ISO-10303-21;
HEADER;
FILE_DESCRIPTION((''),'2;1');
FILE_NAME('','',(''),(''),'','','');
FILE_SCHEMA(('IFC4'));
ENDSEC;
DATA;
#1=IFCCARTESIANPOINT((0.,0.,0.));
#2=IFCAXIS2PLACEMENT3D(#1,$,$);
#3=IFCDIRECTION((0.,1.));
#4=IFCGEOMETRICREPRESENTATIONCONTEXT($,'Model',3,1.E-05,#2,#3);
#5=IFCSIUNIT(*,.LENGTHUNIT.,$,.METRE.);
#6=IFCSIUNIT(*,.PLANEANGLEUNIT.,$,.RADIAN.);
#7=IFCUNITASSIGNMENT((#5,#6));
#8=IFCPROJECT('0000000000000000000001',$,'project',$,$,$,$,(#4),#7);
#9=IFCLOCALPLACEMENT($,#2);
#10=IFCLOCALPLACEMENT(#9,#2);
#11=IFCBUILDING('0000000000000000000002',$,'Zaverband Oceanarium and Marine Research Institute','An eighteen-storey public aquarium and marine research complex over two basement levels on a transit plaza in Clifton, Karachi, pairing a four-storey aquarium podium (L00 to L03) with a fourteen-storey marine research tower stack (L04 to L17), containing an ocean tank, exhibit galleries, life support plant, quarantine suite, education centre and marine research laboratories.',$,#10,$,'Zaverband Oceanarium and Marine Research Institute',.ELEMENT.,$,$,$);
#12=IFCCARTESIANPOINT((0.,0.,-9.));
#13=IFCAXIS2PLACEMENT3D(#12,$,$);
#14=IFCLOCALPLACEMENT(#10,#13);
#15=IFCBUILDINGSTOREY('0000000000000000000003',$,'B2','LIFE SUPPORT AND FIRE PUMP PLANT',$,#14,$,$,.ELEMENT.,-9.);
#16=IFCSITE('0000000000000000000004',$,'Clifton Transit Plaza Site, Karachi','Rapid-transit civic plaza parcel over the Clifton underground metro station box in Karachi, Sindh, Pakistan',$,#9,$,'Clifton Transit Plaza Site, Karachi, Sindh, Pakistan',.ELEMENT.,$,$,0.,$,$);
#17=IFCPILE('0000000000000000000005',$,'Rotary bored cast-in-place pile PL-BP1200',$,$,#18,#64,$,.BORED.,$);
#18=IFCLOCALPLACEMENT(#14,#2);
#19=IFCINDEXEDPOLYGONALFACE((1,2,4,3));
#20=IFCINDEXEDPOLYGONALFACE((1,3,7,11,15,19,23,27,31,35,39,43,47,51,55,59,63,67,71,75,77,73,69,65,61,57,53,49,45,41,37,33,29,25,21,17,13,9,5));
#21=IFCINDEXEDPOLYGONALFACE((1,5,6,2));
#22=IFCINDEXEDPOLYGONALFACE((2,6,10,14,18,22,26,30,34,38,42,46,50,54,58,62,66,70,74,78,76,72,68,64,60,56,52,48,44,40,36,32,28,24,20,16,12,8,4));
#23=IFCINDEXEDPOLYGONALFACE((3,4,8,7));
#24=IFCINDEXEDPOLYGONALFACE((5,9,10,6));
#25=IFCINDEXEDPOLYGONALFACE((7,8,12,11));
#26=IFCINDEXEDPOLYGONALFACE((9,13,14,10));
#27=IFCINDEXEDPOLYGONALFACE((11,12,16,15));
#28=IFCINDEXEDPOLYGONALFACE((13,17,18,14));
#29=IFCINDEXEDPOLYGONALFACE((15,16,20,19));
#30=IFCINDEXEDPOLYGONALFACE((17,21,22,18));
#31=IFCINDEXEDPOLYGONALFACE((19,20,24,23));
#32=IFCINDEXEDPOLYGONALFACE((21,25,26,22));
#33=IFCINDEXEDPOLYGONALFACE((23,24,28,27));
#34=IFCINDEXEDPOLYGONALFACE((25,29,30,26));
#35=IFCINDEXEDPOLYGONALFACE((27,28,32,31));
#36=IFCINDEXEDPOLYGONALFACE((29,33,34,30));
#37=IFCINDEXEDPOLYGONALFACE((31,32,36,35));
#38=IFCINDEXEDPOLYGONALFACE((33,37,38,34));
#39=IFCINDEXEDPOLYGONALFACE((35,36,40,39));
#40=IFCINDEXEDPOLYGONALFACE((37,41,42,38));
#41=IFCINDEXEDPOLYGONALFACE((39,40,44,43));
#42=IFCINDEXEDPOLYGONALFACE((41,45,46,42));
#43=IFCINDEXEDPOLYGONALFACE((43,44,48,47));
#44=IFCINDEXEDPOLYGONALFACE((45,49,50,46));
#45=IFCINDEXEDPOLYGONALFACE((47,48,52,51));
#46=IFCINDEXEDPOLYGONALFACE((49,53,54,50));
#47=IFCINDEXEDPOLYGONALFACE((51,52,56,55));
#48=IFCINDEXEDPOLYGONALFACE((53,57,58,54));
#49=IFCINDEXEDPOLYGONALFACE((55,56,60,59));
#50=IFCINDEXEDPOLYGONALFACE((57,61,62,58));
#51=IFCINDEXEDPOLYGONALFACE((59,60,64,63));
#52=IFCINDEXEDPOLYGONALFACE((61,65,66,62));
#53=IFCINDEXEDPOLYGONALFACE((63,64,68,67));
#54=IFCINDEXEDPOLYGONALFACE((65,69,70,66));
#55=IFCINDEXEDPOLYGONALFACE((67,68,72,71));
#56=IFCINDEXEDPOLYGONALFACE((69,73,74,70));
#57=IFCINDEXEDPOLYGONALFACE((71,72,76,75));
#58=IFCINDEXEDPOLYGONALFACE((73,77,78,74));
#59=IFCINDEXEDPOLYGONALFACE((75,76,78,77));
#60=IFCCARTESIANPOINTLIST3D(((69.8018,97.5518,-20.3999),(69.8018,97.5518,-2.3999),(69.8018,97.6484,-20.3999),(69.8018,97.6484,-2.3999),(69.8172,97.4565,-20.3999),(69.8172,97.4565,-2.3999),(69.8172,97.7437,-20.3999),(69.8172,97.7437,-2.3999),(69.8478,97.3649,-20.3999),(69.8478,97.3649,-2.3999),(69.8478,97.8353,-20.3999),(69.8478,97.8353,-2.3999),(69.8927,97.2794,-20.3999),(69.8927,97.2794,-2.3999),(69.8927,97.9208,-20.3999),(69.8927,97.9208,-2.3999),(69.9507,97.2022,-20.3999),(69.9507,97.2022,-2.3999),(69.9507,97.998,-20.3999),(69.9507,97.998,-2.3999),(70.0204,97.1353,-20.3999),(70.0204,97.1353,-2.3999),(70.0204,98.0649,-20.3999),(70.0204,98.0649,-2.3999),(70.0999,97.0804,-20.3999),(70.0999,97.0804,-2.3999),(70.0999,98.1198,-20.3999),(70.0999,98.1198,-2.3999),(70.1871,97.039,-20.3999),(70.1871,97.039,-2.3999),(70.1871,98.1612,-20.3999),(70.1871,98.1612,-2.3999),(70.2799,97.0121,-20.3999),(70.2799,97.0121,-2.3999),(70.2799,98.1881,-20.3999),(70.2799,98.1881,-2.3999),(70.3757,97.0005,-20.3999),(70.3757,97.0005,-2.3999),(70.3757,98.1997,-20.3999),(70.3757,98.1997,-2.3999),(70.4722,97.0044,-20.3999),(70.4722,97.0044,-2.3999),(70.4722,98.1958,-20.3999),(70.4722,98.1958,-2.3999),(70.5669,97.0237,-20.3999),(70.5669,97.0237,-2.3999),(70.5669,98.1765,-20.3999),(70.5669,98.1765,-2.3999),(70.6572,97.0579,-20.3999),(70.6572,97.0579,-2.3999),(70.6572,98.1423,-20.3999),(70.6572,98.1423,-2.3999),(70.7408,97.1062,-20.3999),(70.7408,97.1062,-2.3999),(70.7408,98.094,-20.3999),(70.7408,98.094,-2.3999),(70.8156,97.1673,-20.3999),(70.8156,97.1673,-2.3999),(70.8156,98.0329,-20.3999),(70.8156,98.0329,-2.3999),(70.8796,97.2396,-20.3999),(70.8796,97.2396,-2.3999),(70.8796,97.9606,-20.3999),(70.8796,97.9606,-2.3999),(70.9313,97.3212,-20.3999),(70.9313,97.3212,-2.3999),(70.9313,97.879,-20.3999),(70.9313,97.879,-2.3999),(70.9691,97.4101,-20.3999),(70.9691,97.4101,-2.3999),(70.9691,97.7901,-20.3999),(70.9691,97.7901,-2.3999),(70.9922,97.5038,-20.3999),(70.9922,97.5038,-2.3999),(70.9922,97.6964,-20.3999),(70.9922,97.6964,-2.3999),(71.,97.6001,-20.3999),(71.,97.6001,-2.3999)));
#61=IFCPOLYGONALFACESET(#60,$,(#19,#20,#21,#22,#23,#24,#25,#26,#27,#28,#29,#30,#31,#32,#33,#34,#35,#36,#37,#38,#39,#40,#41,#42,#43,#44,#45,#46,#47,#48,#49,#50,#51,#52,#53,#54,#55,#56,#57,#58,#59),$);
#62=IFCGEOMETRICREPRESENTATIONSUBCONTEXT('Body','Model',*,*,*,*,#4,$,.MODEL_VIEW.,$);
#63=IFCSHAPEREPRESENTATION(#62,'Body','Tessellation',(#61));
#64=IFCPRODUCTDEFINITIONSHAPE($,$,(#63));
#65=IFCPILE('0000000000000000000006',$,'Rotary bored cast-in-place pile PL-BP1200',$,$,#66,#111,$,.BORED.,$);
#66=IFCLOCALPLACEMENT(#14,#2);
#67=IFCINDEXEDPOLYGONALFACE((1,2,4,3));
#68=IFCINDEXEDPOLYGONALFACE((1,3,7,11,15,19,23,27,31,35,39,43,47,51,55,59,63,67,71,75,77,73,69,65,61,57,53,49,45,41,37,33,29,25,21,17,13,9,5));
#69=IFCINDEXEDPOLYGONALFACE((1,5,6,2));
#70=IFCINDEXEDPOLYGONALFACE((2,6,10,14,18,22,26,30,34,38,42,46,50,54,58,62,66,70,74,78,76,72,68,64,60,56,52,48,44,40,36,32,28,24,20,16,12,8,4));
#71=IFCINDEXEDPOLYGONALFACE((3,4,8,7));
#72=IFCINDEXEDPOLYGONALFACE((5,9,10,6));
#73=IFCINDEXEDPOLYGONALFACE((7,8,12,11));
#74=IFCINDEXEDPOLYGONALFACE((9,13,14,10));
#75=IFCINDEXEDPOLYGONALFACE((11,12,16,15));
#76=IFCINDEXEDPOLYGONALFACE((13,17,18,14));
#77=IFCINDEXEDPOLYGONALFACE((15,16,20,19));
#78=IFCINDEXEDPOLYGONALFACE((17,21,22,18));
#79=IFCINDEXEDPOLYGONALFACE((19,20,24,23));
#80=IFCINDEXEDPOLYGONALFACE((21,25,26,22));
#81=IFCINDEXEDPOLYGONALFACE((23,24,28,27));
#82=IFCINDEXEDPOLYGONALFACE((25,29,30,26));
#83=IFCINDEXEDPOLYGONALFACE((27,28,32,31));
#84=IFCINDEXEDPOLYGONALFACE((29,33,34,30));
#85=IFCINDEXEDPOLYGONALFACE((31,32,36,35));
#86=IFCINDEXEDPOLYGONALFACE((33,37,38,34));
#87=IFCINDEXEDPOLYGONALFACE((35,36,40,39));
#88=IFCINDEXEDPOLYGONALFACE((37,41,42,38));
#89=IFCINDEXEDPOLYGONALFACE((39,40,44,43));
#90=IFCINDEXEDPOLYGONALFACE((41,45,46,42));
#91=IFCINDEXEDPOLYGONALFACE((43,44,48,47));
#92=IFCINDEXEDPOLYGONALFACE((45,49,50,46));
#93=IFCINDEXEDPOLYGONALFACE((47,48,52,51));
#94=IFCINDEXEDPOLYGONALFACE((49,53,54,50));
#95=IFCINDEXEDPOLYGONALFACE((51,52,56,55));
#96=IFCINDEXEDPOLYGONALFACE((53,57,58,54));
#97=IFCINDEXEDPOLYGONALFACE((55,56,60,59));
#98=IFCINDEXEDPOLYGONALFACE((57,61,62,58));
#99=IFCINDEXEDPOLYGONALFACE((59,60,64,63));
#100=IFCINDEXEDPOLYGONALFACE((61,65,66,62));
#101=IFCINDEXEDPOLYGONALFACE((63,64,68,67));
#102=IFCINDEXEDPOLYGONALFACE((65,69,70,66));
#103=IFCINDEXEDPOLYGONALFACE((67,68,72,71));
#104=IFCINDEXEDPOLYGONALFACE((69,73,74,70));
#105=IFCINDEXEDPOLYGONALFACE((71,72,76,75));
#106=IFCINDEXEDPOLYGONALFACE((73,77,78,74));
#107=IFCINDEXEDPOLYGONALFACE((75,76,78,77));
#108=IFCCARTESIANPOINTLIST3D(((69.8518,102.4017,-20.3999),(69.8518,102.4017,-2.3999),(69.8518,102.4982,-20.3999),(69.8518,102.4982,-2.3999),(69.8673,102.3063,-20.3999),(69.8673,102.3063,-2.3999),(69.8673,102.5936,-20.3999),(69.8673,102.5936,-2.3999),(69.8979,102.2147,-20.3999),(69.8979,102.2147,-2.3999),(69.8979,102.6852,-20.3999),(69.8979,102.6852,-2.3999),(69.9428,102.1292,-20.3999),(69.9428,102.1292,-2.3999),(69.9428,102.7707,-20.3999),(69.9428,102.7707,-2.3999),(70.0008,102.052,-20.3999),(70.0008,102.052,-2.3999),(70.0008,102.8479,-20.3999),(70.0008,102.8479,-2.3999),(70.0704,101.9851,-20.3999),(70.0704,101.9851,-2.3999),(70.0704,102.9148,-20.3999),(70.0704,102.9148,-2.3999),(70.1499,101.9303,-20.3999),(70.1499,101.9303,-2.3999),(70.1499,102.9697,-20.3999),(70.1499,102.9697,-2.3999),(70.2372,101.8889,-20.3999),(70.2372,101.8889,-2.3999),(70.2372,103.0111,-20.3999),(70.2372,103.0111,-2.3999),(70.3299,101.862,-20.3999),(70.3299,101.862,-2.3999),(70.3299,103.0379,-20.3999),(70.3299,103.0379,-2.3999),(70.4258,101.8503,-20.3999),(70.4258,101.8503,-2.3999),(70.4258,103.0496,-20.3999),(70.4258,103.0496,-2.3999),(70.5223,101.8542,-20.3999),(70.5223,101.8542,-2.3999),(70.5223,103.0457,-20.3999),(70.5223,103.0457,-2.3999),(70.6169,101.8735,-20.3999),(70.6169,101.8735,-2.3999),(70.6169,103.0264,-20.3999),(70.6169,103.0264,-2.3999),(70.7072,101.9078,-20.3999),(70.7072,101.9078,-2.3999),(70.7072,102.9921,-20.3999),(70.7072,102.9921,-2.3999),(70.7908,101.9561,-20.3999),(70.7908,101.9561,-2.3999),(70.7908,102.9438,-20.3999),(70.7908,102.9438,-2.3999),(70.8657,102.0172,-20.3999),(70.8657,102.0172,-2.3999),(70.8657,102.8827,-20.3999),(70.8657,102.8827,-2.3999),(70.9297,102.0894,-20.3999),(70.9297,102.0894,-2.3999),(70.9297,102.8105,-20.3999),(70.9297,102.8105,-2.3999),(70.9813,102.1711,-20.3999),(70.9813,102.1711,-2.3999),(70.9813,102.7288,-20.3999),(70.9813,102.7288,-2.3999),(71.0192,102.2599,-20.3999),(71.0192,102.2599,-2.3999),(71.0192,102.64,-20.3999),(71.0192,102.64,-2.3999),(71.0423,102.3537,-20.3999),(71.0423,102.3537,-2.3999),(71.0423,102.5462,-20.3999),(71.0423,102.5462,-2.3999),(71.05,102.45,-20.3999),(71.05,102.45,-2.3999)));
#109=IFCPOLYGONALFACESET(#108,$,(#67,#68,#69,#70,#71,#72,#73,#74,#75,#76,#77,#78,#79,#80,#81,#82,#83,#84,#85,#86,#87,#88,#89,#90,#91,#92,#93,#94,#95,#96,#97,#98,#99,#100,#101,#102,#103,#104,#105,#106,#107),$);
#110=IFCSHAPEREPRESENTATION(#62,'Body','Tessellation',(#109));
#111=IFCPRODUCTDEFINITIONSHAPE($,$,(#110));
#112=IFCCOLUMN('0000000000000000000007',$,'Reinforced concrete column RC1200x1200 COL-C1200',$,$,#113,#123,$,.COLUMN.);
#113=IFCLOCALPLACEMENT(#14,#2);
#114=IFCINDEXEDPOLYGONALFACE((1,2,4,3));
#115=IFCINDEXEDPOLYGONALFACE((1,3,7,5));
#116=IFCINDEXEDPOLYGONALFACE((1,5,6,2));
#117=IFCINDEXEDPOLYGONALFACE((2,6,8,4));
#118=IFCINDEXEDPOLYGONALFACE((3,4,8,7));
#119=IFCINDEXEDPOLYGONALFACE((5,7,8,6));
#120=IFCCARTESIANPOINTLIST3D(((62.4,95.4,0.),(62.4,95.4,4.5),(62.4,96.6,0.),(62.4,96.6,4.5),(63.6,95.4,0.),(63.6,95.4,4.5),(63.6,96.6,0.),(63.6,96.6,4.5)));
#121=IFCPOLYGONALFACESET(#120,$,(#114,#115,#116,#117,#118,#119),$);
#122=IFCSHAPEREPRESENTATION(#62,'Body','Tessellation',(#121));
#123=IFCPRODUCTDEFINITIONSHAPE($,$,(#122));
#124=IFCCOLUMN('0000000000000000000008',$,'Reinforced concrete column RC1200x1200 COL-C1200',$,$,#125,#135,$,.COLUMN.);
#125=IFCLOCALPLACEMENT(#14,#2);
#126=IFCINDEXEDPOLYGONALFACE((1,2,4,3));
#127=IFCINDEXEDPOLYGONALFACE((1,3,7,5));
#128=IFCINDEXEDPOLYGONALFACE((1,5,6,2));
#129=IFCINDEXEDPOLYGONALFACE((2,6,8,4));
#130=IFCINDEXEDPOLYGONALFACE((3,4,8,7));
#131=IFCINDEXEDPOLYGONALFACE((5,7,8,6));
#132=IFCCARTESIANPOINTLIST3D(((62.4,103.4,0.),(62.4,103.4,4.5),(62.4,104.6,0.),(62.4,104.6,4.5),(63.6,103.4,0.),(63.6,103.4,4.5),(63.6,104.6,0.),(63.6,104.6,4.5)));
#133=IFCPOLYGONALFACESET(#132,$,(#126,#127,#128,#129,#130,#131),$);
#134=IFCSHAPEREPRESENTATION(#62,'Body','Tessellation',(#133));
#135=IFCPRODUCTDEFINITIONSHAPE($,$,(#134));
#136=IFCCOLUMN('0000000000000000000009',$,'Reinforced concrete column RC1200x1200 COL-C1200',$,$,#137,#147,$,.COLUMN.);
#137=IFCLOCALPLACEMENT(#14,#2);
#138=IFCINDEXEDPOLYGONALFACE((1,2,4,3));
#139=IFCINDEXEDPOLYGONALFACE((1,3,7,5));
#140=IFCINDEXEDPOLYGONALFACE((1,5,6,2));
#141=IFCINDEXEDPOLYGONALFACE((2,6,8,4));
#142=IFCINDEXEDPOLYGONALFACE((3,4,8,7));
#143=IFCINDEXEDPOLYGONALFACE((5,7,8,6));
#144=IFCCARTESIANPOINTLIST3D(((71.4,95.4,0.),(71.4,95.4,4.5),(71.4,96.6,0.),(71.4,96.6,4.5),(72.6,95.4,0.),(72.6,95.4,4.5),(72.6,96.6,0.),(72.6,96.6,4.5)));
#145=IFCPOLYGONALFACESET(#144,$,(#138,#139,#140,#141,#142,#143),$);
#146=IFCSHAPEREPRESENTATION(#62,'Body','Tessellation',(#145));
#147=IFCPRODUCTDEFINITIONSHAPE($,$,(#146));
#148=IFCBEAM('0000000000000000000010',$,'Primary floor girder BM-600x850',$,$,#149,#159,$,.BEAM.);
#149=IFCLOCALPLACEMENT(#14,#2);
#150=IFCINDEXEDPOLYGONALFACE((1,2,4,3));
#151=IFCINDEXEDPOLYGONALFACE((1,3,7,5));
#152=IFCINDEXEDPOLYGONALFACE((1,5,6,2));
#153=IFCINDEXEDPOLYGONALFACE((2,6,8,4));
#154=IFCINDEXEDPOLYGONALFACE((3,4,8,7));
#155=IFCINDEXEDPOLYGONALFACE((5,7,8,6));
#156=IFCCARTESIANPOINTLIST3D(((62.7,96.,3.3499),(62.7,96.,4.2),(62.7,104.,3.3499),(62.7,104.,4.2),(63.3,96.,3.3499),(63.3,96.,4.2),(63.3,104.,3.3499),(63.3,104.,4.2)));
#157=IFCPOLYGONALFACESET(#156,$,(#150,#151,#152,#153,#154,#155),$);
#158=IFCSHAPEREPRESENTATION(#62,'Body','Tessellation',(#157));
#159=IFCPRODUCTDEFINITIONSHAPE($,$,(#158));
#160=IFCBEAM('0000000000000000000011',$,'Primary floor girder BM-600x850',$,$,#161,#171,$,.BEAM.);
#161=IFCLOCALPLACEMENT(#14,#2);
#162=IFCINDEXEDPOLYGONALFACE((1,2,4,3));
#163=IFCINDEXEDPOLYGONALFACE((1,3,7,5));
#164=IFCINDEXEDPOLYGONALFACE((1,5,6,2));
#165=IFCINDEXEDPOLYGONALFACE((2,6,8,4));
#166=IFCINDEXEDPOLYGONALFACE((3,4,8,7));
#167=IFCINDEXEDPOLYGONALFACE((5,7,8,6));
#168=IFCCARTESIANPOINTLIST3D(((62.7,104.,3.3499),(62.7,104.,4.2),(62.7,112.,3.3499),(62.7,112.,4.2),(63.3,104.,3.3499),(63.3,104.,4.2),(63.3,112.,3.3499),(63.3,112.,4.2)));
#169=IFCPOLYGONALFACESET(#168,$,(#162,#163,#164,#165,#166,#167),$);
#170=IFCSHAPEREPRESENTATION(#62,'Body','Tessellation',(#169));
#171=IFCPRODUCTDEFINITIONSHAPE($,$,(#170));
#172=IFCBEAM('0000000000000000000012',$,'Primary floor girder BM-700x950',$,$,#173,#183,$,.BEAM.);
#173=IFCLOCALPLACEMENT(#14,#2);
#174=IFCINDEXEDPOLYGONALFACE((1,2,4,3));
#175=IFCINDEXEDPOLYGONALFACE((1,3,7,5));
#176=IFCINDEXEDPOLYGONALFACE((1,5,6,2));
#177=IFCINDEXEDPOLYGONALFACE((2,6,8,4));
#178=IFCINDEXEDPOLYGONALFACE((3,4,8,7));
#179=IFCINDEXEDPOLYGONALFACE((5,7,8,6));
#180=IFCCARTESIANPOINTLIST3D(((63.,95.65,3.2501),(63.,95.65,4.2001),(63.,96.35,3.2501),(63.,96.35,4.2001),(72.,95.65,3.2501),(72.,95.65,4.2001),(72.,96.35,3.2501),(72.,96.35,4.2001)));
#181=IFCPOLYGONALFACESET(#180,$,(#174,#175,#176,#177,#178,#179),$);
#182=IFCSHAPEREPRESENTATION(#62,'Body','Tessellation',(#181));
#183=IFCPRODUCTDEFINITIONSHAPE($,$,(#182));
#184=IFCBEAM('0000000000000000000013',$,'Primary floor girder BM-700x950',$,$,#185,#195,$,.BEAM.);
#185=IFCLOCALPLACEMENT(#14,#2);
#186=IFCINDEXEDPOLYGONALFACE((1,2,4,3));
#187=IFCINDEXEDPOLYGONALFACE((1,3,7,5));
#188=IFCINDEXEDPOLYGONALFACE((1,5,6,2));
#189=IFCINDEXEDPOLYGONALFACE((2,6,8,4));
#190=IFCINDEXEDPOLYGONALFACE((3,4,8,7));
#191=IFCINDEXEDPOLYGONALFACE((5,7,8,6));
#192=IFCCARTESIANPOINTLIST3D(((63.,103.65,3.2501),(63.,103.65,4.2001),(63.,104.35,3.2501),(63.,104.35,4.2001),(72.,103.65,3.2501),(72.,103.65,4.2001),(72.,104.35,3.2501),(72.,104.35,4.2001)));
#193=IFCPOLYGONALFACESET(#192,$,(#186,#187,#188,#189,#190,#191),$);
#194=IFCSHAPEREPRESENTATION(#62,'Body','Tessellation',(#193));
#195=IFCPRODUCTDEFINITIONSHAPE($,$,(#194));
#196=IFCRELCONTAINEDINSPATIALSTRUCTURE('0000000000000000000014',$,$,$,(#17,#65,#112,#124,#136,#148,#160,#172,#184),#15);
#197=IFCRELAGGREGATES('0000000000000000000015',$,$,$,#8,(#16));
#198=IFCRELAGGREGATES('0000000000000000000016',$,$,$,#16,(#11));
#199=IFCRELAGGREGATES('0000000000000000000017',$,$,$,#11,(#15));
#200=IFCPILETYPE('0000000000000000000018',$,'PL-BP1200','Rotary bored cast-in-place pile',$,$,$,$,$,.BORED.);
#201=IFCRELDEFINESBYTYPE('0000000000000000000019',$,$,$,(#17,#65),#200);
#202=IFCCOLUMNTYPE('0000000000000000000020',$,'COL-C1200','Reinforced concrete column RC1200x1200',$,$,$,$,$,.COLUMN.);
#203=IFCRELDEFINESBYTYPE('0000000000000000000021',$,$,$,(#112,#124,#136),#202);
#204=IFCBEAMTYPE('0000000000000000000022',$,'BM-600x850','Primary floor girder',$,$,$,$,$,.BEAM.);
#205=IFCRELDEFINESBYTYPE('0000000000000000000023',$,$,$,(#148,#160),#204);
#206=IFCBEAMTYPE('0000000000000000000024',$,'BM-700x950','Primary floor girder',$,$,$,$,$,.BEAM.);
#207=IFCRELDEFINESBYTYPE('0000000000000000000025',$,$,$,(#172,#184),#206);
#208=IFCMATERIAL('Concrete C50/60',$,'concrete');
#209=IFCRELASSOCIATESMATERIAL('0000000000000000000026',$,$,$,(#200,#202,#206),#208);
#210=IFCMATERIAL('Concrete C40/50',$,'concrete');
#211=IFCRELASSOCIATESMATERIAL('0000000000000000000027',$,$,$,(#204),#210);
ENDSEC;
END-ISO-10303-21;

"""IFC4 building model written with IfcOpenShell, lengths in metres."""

from ifc_helpers import new_model, si_unit, direction, frame, origin, origin_2d, place, context, subcontext, project, spatial, rectangle, circle, extrude, material, material_profile, profile_set, type_object, element, save


model = new_model("IFC4")

# Units and contexts
model_context = context("Model", 3, precision=1e-05, world=origin(), true_north=direction((0.0, 1.0)))
body_context = subcontext(model_context, "Body", "Model", "MODEL_VIEW")
ifc_project = project(units=[si_unit("LENGTHUNIT", "METRE"), si_unit("PLANEANGLEUNIT", "RADIAN")], contexts=[model_context])

# Site, building, storey
site_placement = place(None, origin())
site = spatial("IfcSite", under=ifc_project, at=site_placement, Name="Clifton Transit Plaza Site, Karachi", Description="Rapid-transit civic plaza parcel over the Clifton underground metro station box in Karachi, Sindh, Pakistan", LongName="Clifton Transit Plaza Site, Karachi, Sindh, Pakistan", CompositionType="ELEMENT", RefElevation=0.0)
building_placement = place(site_placement, origin())
building = spatial("IfcBuilding", under=site, at=building_placement, Name="Zaverband Oceanarium and Marine Research Institute", Description="An eighteen-storey public aquarium and marine research complex over two basement levels on a transit plaza in Clifton, Karachi, pairing a four-storey aquarium podium (L00 to L03) with a fourteen-storey marine research tower stack (L04 to L17), containing an ocean tank, exhibit galleries, life support plant, quarantine suite, education centre and marine research laboratories.", LongName="Zaverband Oceanarium and Marine Research Institute", CompositionType="ELEMENT")
storey_placement = place(building_placement, frame((0.0, 0.0, -9.0)))
storey = spatial("IfcBuildingStorey", under=building, at=storey_placement, Name="B2", Description="LIFE SUPPORT AND FIRE PUMP PLANT", CompositionType="ELEMENT", Elevation=-9.0)

# Shared definitions
ifc_material_1 = material(Name="Concrete C50/60", Category="concrete")

# Piles
ifc_material_profile_1 = material_profile(ifc_material_1, circle(Radius=0.6001, at=origin_2d()), Name="BP1200")
ifc_profile_set_1 = profile_set([ifc_material_profile_1], Name="Concrete C50/60")
pile_type = type_object("IfcPileType", Name="PL-BP1200", Description="Rotary bored cast-in-place pile", PredefinedType="BORED", material=ifc_profile_set_1)
for number, where, z_axis, x_axis, name in (
    (1, (70.3999, 97.6001, -2.3999), (0.0, 0.0, -1.0), (1.0, 0.0, 0.0), "Rotary bored cast-in-place pile PL-BP1200"),
    (2, (70.45, 102.45, -2.3999), (0.0, 0.0, -1.0), (1.0, 0.0, 0.0), "Rotary bored cast-in-place pile PL-BP1200"),
):
    element("IfcPile", number, at=place(storey_placement, frame(where, z_axis=z_axis, x_axis=x_axis)), inside=storey, type_object=pile_type, Name=name, PredefinedType="BORED", context=body_context, shape_type="SweptSolid", body=[
        extrude(circle(Radius=0.6001, at=origin_2d()), origin(), (0.0, 0.0, 1.0), 18.0),
    ])

# Columns
ifc_material_profile_2 = material_profile(ifc_material_1, rectangle(XDim=1.2, YDim=1.2, at=origin_2d()), Name="RC1200x1200")
ifc_profile_set_2 = profile_set([ifc_material_profile_2], Name="Concrete C50/60")
column_type = type_object("IfcColumnType", Name="COL-C1200", Description="Reinforced concrete column RC1200x1200", PredefinedType="COLUMN", material=ifc_profile_set_2)
for number, where, z_axis, x_axis, name in (
    (3, (63.0, 96.0, 0.0), (0.0, 0.0, 1.0), (1.0, 0.0, 0.0), "Reinforced concrete column RC1200x1200 COL-C1200"),
    (4, (63.0, 104.0, 0.0), (0.0, 0.0, 1.0), (1.0, 0.0, 0.0), "Reinforced concrete column RC1200x1200 COL-C1200"),
    (5, (72.0, 96.0, 0.0), (0.0, 0.0, 1.0), (1.0, 0.0, 0.0), "Reinforced concrete column RC1200x1200 COL-C1200"),
):
    element("IfcColumn", number, at=place(storey_placement, frame(where, z_axis=z_axis, x_axis=x_axis)), inside=storey, type_object=column_type, Name=name, PredefinedType="COLUMN", context=body_context, shape_type="SweptSolid", body=[
        extrude(rectangle(XDim=1.2, YDim=1.2, at=origin_2d()), origin(), (0.0, 0.0, 1.0), 4.5),
    ])

# Beams
ifc_material_2 = material(Name="Concrete C40/50", Category="concrete")
ifc_material_profile_3 = material_profile(ifc_material_2, rectangle(XDim=0.6001, YDim=0.8501, at=origin_2d()), Name="RC600x850")
ifc_profile_set_3 = profile_set([ifc_material_profile_3], Name="Concrete C40/50")
beam_type_1 = type_object("IfcBeamType", Name="BM-600x850", Description="Primary floor girder", PredefinedType="BEAM", material=ifc_profile_set_3)
for number, where, z_axis, x_axis, name in (
    (6, (63.0, 96.0, 3.7749), (0.0, 1.0, 0.0), (-1.0, 0.0, 0.0), "Primary floor girder BM-600x850"),
    (7, (63.0, 104.0, 3.7749), (0.0, 1.0, 0.0), (-1.0, 0.0, 0.0), "Primary floor girder BM-600x850"),
):
    element("IfcBeam", number, at=place(storey_placement, frame(where, z_axis=z_axis, x_axis=x_axis)), inside=storey, type_object=beam_type_1, Name=name, PredefinedType="BEAM", context=body_context, shape_type="SweptSolid", body=[
        extrude(rectangle(XDim=0.6001, YDim=0.8501, at=origin_2d()), origin(), (0.0, 0.0, 1.0), 8.0),
    ])
ifc_material_profile_4 = material_profile(ifc_material_1, rectangle(XDim=0.7, YDim=0.95, at=origin_2d()), Name="RC700x950")
ifc_profile_set_4 = profile_set([ifc_material_profile_4], Name="Concrete C50/60")
beam_type_2 = type_object("IfcBeamType", Name="BM-700x950", Description="Primary floor girder", PredefinedType="BEAM", material=ifc_profile_set_4)
for number, where, z_axis, x_axis, name in (
    (8, (63.0, 96.0, 3.7251), (1.0, 0.0, 0.0), (0.0, 1.0, 0.0), "Primary floor girder BM-700x950"),
    (9, (63.0, 104.0, 3.7251), (1.0, 0.0, 0.0), (0.0, 1.0, 0.0), "Primary floor girder BM-700x950"),
):
    element("IfcBeam", number, at=place(storey_placement, frame(where, z_axis=z_axis, x_axis=x_axis)), inside=storey, type_object=beam_type_2, Name=name, PredefinedType="BEAM", context=body_context, shape_type="SweptSolid", body=[
        extrude(rectangle(XDim=0.7, YDim=0.95, at=origin_2d()), origin(), (0.0, 0.0, 1.0), 9.0),
    ])

save(model, "model.ifc")
